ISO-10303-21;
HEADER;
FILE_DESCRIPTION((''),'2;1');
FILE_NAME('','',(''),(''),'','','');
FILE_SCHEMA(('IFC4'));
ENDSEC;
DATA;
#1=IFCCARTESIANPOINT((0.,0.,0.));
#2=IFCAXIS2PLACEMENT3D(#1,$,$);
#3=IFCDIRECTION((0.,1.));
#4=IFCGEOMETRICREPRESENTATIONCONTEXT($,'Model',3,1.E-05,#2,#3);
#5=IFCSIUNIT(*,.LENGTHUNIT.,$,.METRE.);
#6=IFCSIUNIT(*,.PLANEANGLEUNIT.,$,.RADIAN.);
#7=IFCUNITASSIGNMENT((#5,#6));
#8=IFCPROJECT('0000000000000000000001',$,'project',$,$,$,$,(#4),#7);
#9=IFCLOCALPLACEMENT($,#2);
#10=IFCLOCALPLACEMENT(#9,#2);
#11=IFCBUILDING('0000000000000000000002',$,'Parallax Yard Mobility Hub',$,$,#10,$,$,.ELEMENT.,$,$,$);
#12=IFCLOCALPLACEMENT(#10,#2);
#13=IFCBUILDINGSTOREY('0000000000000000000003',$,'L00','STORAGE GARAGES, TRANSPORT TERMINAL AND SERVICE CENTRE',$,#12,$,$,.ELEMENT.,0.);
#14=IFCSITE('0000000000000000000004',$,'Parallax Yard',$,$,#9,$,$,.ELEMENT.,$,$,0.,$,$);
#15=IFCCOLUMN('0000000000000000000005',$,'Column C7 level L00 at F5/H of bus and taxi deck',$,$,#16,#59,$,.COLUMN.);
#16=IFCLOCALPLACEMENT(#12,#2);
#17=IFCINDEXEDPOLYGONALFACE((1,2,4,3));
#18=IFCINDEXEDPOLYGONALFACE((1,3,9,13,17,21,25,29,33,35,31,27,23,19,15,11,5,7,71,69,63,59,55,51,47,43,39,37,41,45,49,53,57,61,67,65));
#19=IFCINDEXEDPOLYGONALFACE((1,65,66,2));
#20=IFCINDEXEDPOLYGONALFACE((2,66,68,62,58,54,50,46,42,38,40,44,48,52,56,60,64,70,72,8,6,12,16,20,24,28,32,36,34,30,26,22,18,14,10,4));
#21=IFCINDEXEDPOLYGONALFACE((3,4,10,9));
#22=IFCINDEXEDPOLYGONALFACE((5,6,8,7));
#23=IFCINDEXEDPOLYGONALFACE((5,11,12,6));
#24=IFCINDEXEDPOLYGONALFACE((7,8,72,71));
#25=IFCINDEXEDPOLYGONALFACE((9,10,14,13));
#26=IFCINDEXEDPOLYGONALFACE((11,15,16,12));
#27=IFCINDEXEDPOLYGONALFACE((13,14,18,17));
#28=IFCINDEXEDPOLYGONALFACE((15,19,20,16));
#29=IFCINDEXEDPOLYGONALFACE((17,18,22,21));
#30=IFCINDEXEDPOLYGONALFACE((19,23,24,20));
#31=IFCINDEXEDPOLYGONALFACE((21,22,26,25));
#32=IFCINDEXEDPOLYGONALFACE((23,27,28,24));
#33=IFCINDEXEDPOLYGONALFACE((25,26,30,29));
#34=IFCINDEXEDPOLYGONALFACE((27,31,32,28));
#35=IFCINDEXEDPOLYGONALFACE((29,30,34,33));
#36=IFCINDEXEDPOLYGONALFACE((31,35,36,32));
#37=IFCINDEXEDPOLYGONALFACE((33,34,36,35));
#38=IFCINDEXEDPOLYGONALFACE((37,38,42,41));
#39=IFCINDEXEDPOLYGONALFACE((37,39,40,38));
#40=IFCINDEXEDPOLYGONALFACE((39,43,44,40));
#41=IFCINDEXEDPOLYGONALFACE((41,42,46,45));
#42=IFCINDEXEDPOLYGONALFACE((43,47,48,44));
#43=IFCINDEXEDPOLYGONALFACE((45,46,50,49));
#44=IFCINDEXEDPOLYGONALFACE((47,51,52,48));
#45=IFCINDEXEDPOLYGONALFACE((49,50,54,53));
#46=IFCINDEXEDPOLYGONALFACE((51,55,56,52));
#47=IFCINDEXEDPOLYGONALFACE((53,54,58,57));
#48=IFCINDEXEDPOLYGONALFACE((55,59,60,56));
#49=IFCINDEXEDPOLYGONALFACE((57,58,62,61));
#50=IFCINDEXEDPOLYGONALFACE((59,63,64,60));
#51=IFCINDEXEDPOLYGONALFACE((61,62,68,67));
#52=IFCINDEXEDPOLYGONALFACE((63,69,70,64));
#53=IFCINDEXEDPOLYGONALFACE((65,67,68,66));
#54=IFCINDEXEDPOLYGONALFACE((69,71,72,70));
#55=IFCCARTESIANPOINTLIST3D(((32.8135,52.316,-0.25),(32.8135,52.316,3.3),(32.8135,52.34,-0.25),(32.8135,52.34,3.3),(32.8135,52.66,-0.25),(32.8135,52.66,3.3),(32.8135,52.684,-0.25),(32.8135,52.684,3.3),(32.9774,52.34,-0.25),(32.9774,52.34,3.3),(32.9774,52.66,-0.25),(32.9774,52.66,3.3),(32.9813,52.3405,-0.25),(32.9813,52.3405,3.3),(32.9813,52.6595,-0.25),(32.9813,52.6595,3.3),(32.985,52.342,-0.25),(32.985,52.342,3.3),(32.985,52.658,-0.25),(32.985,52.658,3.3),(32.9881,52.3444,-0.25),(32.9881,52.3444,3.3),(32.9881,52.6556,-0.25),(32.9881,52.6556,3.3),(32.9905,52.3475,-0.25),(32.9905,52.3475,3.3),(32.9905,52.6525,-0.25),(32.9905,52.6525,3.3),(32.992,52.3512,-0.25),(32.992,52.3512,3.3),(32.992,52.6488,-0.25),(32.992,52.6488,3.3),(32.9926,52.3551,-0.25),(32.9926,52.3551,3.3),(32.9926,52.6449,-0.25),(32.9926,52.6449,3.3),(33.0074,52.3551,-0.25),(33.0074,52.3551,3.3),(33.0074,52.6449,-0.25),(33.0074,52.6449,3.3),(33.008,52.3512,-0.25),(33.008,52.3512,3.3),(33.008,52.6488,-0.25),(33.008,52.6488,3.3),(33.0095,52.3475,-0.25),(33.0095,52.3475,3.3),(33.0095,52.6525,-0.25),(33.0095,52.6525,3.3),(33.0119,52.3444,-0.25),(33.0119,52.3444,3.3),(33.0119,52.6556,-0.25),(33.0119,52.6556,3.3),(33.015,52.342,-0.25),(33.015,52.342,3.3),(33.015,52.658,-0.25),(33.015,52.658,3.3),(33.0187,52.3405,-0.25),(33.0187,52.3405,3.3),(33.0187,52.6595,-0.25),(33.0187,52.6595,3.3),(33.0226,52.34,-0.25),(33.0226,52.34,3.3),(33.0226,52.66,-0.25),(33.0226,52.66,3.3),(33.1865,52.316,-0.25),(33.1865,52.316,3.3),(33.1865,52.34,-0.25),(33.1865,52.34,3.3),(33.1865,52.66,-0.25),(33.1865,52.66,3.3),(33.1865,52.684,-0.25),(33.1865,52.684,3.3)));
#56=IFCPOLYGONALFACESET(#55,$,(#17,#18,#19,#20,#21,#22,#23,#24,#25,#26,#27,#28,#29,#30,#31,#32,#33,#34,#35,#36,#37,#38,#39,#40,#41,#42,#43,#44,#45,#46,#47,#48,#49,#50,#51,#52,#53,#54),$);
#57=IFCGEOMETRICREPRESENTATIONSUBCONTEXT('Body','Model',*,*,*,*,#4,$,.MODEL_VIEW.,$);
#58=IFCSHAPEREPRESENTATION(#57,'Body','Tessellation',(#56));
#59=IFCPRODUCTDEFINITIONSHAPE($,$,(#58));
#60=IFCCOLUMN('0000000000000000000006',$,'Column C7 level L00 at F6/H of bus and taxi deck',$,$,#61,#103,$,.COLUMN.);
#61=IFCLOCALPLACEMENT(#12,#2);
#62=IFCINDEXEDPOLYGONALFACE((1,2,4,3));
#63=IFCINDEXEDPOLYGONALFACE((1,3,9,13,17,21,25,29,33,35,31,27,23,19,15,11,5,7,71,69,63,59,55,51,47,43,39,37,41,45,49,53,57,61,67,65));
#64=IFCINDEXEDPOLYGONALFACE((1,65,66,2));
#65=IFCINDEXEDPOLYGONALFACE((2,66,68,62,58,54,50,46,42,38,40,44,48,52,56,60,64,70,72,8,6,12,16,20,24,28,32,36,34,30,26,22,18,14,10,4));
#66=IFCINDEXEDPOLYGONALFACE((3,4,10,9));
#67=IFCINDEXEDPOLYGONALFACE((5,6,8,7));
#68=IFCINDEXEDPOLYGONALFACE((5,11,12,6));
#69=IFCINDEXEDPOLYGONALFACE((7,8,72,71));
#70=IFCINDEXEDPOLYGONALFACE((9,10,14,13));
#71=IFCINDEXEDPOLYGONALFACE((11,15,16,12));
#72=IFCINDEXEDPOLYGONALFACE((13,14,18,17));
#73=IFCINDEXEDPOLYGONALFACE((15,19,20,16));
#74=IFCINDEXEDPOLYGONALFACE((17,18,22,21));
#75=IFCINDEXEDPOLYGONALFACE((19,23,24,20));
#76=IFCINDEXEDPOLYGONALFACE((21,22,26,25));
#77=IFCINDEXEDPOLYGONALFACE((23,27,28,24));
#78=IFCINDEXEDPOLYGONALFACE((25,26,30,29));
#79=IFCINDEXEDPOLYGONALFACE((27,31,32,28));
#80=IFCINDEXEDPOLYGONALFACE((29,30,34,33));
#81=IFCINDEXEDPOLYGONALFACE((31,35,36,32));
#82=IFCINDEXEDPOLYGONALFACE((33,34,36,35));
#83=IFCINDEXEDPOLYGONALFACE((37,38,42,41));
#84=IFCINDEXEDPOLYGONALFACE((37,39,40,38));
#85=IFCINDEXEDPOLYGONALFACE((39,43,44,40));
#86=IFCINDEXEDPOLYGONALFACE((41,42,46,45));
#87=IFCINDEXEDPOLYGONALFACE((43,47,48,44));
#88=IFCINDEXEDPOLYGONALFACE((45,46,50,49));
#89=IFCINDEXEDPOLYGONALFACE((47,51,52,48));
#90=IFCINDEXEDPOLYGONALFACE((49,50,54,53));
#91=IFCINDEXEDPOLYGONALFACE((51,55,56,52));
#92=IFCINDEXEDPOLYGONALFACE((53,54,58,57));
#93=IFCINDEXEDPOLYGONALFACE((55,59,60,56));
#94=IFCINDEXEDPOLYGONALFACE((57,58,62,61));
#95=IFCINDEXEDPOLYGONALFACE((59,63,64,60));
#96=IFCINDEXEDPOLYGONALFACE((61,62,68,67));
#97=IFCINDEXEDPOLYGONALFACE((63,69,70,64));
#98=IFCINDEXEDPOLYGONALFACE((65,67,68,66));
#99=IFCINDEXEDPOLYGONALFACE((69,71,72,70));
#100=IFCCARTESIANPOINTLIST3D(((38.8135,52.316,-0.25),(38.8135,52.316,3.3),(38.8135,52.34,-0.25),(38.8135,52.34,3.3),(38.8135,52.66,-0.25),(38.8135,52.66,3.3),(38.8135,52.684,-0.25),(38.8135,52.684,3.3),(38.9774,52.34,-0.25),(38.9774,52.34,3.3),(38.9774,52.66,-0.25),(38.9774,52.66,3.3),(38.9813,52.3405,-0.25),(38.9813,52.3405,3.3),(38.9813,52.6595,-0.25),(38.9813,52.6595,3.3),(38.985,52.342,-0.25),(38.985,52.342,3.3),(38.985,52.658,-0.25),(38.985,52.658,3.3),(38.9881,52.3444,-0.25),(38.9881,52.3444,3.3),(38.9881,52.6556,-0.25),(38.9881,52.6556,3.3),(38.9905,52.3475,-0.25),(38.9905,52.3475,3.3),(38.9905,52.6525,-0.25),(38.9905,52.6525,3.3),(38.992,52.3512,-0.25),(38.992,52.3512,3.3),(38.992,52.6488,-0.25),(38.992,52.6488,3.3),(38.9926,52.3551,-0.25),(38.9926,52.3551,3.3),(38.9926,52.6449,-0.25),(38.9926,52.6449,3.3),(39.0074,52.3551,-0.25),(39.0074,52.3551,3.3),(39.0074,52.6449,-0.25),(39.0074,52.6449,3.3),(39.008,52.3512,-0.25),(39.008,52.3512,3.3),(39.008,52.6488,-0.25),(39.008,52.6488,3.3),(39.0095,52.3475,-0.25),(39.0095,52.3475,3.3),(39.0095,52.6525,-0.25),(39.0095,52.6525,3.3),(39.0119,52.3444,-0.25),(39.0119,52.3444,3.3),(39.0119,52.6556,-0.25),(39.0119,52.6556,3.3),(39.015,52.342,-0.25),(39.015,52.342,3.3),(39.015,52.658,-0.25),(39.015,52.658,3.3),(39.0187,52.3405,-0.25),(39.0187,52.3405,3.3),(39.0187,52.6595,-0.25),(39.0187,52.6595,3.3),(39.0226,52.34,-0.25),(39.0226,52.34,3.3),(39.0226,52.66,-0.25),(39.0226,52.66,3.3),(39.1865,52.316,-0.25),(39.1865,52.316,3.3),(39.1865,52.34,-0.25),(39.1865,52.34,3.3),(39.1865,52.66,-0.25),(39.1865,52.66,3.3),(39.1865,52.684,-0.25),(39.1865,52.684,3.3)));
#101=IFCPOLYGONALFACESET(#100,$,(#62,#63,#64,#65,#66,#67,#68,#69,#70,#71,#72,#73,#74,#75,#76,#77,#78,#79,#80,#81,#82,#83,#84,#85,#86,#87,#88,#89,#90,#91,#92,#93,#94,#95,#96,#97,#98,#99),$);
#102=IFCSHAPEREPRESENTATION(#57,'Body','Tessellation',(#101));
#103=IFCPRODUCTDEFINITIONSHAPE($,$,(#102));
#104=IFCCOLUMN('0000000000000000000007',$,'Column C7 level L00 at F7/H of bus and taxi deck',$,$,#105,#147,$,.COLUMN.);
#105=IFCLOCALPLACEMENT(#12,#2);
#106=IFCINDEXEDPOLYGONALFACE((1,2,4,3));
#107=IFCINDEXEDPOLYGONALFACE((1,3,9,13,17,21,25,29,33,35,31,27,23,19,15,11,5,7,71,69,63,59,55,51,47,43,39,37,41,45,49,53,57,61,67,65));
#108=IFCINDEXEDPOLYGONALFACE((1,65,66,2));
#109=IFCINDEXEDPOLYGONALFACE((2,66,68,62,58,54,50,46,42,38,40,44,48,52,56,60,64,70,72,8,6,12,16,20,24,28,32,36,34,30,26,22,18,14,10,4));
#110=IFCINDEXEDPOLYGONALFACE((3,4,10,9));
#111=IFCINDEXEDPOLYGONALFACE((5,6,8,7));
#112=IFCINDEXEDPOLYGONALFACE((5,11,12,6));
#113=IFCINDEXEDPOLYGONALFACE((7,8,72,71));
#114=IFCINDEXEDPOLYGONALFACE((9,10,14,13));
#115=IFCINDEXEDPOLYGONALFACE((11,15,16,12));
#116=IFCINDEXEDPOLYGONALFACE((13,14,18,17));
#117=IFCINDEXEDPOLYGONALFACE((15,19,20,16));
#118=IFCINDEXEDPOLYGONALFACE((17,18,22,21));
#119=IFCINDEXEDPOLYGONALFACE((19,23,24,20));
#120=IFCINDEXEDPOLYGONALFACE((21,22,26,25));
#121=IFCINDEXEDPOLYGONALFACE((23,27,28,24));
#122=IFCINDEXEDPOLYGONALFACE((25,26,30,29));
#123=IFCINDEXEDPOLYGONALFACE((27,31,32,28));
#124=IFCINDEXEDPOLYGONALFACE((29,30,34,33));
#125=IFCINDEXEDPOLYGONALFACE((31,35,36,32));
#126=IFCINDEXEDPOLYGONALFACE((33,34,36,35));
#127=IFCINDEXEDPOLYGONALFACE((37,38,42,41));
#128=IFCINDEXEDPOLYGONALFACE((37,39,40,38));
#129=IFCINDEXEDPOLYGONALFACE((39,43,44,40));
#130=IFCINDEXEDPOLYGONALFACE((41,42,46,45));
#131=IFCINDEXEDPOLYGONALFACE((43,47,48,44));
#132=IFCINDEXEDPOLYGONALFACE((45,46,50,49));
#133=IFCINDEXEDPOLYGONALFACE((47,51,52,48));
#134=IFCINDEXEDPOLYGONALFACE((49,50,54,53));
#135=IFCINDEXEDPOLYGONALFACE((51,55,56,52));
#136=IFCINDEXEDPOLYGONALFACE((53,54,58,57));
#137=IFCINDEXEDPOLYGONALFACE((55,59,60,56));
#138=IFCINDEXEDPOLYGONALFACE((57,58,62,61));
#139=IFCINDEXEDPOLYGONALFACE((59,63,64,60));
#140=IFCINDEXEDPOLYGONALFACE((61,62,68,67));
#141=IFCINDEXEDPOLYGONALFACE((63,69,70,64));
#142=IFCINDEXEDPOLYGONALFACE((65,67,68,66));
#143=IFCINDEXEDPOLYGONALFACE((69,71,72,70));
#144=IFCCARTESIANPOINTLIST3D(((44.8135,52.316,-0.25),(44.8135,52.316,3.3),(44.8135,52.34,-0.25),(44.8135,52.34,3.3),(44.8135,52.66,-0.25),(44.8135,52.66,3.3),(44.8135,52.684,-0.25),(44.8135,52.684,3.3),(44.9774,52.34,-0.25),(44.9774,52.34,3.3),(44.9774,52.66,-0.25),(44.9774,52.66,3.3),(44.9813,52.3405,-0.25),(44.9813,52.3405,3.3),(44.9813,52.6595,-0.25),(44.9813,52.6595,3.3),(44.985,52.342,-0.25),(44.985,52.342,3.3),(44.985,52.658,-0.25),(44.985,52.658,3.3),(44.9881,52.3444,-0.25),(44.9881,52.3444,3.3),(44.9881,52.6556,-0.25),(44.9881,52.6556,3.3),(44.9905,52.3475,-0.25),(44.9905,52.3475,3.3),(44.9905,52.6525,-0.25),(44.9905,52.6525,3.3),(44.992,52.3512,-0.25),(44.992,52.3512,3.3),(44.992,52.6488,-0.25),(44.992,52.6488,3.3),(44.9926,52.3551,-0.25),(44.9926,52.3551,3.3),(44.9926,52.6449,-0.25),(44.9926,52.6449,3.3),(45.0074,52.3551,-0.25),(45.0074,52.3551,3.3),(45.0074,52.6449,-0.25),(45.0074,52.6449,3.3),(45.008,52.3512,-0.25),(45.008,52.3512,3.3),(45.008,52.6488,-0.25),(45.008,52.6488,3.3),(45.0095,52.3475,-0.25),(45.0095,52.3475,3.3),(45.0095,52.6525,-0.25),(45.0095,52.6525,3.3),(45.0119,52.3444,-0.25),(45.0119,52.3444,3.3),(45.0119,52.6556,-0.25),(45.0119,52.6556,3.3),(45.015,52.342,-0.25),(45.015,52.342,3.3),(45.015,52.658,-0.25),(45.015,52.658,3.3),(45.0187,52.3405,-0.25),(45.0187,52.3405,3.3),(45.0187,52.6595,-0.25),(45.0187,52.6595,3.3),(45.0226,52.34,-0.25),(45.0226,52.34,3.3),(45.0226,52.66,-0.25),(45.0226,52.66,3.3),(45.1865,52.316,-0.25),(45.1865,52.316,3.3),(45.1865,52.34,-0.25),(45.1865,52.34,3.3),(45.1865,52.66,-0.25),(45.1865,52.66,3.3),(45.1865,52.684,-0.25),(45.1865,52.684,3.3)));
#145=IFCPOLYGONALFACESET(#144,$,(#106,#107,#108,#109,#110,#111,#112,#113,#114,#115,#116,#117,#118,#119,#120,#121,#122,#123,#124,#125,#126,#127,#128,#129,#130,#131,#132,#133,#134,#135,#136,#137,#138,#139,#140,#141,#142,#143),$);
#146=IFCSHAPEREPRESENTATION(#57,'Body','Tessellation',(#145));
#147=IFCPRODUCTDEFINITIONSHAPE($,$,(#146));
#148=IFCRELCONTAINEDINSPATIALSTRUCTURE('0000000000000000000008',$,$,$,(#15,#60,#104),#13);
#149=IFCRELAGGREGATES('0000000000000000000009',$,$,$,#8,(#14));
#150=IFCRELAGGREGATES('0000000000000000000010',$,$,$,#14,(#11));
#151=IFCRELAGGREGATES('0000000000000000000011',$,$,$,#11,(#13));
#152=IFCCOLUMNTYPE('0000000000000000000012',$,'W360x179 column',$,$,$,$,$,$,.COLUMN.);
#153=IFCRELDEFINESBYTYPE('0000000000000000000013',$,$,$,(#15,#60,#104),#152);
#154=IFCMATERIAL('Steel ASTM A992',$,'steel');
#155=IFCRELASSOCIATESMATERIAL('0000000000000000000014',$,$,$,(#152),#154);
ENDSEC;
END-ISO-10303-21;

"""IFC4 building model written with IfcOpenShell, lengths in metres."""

from ifc_helpers import new_model, si_unit, direction, frame, origin, origin_2d, place, context, subcontext, project, spatial, i_section, extrude, material, material_profile, profile_set, type_object, element, save


model = new_model("IFC4")

# Units and contexts
model_context = context("Model", 3, precision=1e-05, world=origin(), true_north=direction((0.0, 1.0)))
body_context = subcontext(model_context, "Body", "Model", "MODEL_VIEW")
ifc_project = project(units=[si_unit("LENGTHUNIT", "METRE"), si_unit("PLANEANGLEUNIT", "RADIAN")], contexts=[model_context])

# Site, building, storey
site_placement = place(None, origin())
site = spatial("IfcSite", under=ifc_project, at=site_placement, Name="Parallax Yard", CompositionType="ELEMENT", RefElevation=0.0)
building_placement = place(site_placement, origin())
building = spatial("IfcBuilding", under=site, at=building_placement, Name="Parallax Yard Mobility Hub", CompositionType="ELEMENT")
storey_placement = place(building_placement, origin())
storey = spatial("IfcBuildingStorey", under=building, at=storey_placement, Name="L00", Description="STORAGE GARAGES, TRANSPORT TERMINAL AND SERVICE CENTRE", CompositionType="ELEMENT", Elevation=0.0)

# Columns
ifc_material_1 = material(Name="Steel ASTM A992", Category="steel")
ifc_material_profile_1 = material_profile(ifc_material_1, i_section(OverallWidth=0.373, OverallDepth=0.3679, WebThickness=0.0149, FlangeThickness=0.0239, FilletRadius=0.0151, at=origin_2d()), Name="W360x179")
ifc_profile_set_1 = profile_set([ifc_material_profile_1], Name="Steel ASTM A992")
column_type = type_object("IfcColumnType", Name="W360x179 column", PredefinedType="COLUMN", material=ifc_profile_set_1)
for number, where, z_axis, x_axis, name in (
    (1, (33.0, 52.5, -0.25), (0.0, 0.0, 1.0), (1.0, 0.0, 0.0), "Column C7 level L00 at F5/H of bus and taxi deck"),
    (2, (39.0, 52.5, -0.25), (0.0, 0.0, 1.0), (1.0, 0.0, 0.0), "Column C7 level L00 at F6/H of bus and taxi deck"),
    (3, (45.0, 52.5, -0.25), (0.0, 0.0, 1.0), (1.0, 0.0, 0.0), "Column C7 level L00 at F7/H of bus and taxi deck"),
):
    element("IfcColumn", number, at=place(storey_placement, frame(where, z_axis=z_axis, x_axis=x_axis)), inside=storey, type_object=column_type, Name=name, PredefinedType="COLUMN", context=body_context, shape_type="SweptSolid", body=[
        extrude(i_section(OverallWidth=0.373, OverallDepth=0.3679, WebThickness=0.0149, FlangeThickness=0.0239, FilletRadius=0.0151, at=origin_2d()), origin(), (0.0, 0.0, 1.0), 3.55),
    ])

save(model, "model.ifc")
